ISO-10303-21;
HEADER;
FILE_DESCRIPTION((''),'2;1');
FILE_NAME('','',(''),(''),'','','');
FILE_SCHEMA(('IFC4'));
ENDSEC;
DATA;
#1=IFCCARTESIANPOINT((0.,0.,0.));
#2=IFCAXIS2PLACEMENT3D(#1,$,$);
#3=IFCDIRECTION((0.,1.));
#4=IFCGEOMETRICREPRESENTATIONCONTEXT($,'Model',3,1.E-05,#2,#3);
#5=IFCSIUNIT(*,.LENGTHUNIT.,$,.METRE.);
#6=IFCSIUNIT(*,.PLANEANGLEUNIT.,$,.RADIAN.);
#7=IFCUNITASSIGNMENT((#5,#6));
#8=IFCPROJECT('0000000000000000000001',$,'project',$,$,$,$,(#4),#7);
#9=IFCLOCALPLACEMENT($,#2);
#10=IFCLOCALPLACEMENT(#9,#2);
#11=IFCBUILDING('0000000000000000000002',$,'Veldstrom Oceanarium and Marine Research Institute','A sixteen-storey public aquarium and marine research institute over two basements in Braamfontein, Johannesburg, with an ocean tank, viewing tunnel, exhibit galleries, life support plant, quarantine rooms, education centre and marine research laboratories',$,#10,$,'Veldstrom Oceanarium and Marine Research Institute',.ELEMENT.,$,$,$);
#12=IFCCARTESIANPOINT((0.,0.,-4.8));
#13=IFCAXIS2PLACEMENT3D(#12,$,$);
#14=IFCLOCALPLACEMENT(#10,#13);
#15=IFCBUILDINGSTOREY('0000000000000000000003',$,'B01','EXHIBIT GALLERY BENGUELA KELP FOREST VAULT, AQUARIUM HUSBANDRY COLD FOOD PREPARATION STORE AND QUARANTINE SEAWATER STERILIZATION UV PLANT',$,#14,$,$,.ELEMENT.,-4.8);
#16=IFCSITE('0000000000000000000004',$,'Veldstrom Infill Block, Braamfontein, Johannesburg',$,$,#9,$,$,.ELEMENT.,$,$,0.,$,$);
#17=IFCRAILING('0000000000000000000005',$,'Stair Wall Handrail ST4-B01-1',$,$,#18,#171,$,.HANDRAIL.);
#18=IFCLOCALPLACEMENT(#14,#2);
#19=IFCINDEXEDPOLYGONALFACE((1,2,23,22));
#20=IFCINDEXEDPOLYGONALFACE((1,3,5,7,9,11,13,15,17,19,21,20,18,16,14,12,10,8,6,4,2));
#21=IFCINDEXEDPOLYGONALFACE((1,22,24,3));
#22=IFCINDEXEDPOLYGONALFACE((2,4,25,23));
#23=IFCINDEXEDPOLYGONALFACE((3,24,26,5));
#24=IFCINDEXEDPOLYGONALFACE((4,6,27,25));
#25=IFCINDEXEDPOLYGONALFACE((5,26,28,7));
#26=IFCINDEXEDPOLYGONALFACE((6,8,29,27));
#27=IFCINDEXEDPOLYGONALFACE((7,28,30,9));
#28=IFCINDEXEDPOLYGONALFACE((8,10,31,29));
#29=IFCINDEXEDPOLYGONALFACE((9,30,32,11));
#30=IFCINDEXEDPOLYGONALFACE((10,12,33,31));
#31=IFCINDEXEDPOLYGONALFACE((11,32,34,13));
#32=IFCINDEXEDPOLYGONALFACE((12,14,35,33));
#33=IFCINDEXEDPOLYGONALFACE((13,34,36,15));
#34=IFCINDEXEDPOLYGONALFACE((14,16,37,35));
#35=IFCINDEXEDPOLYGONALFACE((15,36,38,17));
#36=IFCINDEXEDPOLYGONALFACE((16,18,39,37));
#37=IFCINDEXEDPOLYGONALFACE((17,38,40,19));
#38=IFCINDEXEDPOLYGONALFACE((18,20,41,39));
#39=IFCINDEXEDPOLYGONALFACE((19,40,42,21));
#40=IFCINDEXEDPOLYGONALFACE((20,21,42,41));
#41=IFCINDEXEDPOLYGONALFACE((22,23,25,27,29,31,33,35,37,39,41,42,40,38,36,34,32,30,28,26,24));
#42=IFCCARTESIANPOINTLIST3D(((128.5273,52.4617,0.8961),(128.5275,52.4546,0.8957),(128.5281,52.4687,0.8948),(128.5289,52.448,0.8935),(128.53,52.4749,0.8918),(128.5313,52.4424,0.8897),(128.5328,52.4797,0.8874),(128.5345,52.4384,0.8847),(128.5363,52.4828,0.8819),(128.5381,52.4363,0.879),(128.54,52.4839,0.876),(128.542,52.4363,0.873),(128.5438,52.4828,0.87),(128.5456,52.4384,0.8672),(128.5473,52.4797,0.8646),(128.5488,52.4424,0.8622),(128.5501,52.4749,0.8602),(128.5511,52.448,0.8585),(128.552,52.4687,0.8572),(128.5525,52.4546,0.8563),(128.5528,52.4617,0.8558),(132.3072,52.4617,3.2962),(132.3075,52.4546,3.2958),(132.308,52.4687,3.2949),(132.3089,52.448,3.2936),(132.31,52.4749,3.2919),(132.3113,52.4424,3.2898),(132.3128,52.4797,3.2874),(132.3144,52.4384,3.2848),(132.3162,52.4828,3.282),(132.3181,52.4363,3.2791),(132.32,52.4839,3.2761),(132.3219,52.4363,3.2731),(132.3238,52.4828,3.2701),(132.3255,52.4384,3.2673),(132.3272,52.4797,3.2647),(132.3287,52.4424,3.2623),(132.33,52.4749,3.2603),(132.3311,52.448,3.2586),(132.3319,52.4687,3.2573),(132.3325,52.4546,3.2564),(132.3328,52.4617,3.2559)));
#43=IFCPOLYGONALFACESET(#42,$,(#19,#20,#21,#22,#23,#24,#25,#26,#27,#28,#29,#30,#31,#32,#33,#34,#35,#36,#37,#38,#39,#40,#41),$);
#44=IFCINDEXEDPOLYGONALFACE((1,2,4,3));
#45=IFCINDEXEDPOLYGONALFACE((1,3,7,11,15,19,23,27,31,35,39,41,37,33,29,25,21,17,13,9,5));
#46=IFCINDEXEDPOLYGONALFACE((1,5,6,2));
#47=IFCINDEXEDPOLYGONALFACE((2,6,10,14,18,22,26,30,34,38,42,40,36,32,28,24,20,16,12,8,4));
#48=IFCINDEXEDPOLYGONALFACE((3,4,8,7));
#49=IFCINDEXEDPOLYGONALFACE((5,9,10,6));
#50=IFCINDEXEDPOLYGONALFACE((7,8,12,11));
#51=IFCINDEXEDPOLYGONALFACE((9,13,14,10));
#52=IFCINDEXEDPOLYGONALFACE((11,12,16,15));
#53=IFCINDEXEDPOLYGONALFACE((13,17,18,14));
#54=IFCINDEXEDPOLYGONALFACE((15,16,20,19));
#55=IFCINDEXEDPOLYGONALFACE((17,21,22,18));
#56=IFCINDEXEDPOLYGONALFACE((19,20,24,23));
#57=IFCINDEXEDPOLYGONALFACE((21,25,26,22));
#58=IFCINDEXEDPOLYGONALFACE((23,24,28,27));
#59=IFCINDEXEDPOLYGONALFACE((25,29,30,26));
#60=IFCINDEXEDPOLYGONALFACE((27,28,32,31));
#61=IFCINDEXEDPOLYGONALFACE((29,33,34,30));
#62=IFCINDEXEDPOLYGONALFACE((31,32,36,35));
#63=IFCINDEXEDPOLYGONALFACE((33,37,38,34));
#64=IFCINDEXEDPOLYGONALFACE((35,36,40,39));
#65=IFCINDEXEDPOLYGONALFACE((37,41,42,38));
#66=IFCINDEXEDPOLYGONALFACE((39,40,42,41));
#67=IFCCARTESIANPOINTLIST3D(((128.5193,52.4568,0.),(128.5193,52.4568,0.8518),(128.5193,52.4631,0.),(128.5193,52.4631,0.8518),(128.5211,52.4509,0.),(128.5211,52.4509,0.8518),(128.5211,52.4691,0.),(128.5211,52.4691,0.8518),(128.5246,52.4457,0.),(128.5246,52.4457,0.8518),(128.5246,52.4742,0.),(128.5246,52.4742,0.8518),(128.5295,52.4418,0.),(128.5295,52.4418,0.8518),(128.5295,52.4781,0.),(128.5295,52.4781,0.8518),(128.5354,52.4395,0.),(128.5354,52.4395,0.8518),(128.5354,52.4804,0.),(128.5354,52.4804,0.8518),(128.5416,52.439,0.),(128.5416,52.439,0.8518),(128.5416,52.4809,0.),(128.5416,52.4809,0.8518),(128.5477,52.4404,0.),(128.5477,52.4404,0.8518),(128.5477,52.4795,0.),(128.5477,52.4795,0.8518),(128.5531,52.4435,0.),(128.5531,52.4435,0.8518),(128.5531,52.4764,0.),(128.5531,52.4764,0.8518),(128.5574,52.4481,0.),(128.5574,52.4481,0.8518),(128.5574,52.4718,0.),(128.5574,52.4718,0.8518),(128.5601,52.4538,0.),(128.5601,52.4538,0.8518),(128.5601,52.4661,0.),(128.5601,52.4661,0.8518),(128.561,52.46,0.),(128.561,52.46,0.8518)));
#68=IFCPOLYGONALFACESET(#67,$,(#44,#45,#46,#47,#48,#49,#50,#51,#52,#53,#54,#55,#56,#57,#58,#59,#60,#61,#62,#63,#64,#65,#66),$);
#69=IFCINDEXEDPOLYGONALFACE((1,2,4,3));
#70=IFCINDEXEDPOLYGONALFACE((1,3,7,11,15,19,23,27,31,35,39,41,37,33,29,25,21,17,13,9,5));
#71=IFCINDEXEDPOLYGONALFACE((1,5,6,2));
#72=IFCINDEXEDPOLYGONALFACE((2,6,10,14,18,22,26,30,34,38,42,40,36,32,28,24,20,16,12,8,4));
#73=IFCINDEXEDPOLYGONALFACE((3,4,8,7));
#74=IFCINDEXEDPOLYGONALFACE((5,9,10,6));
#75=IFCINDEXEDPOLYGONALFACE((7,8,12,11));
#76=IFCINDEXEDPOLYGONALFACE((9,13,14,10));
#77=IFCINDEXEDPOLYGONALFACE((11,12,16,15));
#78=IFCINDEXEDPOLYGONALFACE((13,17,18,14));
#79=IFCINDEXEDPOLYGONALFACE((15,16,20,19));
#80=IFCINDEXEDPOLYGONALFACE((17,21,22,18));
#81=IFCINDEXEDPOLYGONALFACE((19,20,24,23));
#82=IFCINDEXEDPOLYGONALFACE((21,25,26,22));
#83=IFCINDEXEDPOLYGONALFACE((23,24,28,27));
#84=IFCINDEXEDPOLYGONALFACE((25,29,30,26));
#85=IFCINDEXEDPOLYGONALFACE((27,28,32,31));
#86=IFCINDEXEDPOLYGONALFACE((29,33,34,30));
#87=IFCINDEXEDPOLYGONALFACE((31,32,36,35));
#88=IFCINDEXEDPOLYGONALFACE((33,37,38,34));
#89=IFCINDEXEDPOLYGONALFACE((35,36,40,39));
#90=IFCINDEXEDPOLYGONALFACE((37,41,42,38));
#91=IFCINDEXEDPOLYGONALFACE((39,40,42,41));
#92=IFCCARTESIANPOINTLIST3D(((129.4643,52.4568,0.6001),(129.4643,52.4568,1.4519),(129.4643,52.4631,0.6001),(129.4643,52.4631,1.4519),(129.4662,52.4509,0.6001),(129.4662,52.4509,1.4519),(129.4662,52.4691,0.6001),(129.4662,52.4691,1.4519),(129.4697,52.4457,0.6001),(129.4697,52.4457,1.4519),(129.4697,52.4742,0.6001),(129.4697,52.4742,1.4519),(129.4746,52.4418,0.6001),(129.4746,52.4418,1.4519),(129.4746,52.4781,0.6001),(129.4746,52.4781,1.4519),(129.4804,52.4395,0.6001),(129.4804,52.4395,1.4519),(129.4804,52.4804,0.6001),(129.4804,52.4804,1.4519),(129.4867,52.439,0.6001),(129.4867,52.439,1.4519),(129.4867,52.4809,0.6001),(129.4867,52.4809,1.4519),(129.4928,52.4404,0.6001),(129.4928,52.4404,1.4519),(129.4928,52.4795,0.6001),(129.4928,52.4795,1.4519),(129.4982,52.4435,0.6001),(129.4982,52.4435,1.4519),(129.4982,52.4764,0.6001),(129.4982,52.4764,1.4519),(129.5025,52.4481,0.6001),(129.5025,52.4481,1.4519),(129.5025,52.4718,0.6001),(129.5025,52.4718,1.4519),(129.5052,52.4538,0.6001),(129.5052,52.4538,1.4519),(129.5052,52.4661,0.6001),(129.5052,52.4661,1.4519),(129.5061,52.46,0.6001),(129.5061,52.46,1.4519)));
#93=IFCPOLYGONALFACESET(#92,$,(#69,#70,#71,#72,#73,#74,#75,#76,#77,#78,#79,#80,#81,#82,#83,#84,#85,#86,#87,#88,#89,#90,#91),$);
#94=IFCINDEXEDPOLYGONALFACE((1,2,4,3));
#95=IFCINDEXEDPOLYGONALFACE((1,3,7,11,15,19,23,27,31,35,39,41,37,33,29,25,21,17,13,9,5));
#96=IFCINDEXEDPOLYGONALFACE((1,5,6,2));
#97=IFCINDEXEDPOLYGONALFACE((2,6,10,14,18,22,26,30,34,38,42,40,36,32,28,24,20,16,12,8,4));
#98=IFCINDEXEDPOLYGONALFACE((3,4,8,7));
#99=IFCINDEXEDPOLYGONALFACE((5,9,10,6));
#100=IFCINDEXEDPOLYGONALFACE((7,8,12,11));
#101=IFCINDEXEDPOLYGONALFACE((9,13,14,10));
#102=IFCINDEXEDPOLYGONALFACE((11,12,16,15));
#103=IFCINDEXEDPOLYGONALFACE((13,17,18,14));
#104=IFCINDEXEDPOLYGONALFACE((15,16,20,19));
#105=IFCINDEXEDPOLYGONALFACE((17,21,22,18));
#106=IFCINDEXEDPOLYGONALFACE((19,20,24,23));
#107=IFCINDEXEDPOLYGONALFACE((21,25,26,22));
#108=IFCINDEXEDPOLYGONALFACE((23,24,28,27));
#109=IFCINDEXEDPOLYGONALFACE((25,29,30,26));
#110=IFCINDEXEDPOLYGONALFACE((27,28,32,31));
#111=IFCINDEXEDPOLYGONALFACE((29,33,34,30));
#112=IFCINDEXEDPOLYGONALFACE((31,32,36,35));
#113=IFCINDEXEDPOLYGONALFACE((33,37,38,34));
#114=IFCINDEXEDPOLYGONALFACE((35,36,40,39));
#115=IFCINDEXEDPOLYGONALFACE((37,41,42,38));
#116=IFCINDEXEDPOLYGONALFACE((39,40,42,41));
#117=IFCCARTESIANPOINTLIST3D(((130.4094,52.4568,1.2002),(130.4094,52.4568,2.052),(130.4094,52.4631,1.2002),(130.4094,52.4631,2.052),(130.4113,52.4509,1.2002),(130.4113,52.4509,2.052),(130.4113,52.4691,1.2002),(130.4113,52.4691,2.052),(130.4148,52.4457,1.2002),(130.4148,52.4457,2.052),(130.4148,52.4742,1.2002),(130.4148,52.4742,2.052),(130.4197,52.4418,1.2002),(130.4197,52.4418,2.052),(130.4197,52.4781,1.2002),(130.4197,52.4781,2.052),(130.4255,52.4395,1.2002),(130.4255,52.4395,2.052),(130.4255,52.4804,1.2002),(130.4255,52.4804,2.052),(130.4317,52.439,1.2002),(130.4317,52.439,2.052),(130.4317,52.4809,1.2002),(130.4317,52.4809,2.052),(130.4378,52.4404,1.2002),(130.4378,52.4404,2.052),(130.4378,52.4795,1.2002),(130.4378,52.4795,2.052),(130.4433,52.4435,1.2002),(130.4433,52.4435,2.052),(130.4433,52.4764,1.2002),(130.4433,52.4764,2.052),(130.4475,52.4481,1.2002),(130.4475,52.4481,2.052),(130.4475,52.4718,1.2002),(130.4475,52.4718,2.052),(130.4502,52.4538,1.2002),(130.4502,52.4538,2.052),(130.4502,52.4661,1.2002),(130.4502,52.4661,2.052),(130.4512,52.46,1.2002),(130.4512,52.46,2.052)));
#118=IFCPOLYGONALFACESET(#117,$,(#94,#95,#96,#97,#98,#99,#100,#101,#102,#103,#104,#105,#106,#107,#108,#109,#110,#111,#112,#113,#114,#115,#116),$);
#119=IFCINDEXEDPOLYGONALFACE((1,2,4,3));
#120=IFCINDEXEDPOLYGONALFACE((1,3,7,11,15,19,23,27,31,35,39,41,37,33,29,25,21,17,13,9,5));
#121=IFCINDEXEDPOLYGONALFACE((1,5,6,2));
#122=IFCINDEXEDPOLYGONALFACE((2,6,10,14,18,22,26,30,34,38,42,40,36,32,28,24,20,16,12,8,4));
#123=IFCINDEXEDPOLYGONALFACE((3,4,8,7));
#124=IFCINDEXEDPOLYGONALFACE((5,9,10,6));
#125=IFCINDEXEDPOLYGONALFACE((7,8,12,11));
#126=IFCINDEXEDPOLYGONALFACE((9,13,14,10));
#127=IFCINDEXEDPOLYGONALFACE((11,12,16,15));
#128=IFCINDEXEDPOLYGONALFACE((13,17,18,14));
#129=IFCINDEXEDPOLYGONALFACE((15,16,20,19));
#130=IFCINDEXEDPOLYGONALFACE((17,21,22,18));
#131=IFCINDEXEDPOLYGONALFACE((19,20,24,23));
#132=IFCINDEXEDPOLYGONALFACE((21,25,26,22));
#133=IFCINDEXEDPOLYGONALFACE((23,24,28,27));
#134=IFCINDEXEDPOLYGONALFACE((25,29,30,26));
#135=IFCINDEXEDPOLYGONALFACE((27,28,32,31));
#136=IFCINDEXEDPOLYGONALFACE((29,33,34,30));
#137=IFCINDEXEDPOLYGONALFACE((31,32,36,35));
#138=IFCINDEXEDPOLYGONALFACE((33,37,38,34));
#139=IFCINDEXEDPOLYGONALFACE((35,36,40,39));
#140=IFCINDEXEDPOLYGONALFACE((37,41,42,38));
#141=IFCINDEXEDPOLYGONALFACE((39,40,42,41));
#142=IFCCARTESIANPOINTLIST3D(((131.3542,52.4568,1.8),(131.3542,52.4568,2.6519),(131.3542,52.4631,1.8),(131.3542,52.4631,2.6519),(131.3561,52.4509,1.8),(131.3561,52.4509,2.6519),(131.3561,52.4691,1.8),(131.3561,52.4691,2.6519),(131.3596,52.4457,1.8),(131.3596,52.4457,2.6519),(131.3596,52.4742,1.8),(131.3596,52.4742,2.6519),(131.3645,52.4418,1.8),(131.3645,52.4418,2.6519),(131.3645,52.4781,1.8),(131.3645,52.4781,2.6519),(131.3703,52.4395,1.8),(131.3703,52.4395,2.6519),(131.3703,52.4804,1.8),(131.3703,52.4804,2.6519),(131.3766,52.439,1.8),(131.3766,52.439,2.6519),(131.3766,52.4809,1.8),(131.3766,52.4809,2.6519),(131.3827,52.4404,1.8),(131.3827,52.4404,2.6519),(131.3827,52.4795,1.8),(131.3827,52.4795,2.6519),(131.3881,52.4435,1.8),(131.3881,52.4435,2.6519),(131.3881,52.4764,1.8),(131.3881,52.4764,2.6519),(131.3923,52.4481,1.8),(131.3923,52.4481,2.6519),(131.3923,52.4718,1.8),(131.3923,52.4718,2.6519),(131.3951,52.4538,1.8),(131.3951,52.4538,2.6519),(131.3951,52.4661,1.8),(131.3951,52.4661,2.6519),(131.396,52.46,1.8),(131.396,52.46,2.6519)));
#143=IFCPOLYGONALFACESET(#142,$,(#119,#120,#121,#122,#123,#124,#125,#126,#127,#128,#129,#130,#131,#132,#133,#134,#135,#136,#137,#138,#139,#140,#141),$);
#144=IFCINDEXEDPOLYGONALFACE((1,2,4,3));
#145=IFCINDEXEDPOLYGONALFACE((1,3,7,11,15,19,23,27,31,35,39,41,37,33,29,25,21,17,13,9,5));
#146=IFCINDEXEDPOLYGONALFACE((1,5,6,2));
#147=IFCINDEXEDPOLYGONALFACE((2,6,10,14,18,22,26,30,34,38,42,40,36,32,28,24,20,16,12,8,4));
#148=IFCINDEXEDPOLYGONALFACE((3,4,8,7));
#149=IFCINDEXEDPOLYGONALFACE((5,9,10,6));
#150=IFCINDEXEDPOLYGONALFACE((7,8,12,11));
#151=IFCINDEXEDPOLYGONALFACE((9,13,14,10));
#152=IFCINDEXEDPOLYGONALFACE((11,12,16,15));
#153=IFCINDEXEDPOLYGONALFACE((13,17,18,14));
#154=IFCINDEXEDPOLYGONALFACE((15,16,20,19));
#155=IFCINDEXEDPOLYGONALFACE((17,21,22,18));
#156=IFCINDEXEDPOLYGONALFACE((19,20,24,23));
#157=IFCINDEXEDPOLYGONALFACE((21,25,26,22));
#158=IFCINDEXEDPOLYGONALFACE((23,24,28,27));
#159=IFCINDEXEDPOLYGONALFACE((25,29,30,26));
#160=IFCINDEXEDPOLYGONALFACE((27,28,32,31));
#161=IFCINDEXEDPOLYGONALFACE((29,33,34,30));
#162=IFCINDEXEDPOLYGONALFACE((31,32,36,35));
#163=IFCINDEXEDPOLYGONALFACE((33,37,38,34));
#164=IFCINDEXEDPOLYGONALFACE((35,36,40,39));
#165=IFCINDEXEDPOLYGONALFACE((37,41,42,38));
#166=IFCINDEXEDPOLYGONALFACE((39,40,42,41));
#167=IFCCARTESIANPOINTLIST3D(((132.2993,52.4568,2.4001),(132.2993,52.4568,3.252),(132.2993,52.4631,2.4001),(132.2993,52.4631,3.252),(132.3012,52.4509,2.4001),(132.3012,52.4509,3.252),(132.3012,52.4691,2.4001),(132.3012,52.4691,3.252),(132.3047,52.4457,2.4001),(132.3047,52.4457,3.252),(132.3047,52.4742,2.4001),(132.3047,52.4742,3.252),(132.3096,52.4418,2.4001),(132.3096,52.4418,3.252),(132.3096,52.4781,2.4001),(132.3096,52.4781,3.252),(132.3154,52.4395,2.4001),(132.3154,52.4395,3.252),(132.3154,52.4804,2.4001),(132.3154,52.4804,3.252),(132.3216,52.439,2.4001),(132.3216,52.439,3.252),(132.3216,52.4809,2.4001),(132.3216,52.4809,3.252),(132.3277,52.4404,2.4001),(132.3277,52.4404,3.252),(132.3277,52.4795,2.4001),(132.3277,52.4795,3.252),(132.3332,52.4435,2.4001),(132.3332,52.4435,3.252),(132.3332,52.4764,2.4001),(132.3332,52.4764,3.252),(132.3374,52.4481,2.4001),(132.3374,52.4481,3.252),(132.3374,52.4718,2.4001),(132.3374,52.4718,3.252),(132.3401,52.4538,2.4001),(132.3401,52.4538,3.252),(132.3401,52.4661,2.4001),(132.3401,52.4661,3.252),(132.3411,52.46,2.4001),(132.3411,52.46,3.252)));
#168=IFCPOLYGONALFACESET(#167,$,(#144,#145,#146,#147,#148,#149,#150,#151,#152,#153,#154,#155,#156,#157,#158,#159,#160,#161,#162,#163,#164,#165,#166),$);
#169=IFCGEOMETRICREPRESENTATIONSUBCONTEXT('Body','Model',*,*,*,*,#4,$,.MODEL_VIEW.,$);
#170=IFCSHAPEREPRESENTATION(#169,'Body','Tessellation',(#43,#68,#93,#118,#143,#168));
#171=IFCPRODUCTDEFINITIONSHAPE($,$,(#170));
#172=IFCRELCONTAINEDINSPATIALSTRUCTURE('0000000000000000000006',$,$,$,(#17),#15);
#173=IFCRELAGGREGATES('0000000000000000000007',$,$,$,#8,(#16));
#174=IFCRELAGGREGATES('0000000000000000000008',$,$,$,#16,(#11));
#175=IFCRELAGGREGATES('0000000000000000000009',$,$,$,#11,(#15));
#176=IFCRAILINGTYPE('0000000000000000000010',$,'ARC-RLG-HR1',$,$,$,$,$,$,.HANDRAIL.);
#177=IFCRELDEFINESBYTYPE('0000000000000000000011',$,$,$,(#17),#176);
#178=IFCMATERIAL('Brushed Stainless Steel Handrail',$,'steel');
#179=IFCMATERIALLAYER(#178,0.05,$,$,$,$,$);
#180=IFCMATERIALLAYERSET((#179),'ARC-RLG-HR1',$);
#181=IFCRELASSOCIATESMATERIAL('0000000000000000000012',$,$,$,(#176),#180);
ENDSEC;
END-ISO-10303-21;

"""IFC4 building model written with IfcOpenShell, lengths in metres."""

from ifc_helpers import new_model, si_unit, direction, frame, origin, origin_2d, place, context, subcontext, project, spatial, circle, extrude, material, layer, layer_set, type_object, element, save


model = new_model("IFC4")

# Units and contexts
model_context = context("Model", 3, precision=1e-05, world=origin(), true_north=direction((0.0, 1.0)))
body_context = subcontext(model_context, "Body", "Model", "MODEL_VIEW")
ifc_project = project(units=[si_unit("LENGTHUNIT", "METRE"), si_unit("PLANEANGLEUNIT", "RADIAN")], contexts=[model_context])

# Site, building, storey
site_placement = place(None, origin())
site = spatial("IfcSite", under=ifc_project, at=site_placement, Name="Veldstrom Infill Block, Braamfontein, Johannesburg", CompositionType="ELEMENT", RefElevation=0.0)
building_placement = place(site_placement, origin())
building = spatial("IfcBuilding", under=site, at=building_placement, Name="Veldstrom Oceanarium and Marine Research Institute", Description="A sixteen-storey public aquarium and marine research institute over two basements in Braamfontein, Johannesburg, with an ocean tank, viewing tunnel, exhibit galleries, life support plant, quarantine rooms, education centre and marine research laboratories", LongName="Veldstrom Oceanarium and Marine Research Institute", CompositionType="ELEMENT")
storey_placement = place(building_placement, frame((0.0, 0.0, -4.8)))
storey = spatial("IfcBuildingStorey", under=building, at=storey_placement, Name="B01", Description="EXHIBIT GALLERY BENGUELA KELP FOREST VAULT, AQUARIUM HUSBANDRY COLD FOOD PREPARATION STORE AND QUARANTINE SEAWATER STERILIZATION UV PLANT", CompositionType="ELEMENT", Elevation=-4.8)

# Railing
ifc_material_1 = material(Name="Brushed Stainless Steel Handrail", Category="steel")
ifc_layer_1 = layer(ifc_material_1, 0.05)
ifc_layer_set_1 = layer_set([ifc_layer_1], Name="ARC-RLG-HR1")
railing_type = type_object("IfcRailingType", Name="ARC-RLG-HR1", PredefinedType="HANDRAIL", material=ifc_layer_set_1)
railing_placement = place(storey_placement, frame((128.54, 52.46, 0.0)))
element("IfcRailing", 1, at=railing_placement, inside=storey, type_object=railing_type, Name="Stair Wall Handrail ST4-B01-1", PredefinedType="HANDRAIL", context=body_context, shape_type="SweptSolid", body=[
    extrude(circle(Radius=0.0239, at=origin_2d()), frame((0.0, 0.0, 0.876), z_axis=(0.8442, 0.0, 0.536028), x_axis=(0.0, 1.0, 0.0)), (0.0, 0.0, 1.0), 4.4775),
    extrude(circle(Radius=0.021, at=origin_2d()), origin(), (0.0, 0.0, 1.0), 0.8518),
    extrude(circle(Radius=0.021, at=origin_2d()), frame((0.9451, 0.0, 0.6001)), (0.0, 0.0, 1.0), 0.8518),
    extrude(circle(Radius=0.021, at=origin_2d()), frame((1.8901, 0.0, 1.2002)), (0.0, 0.0, 1.0), 0.8518),
    extrude(circle(Radius=0.021, at=origin_2d()), frame((2.835, 0.0, 1.8)), (0.0, 0.0, 1.0), 0.8518),
    extrude(circle(Radius=0.021, at=origin_2d()), frame((3.78, 0.0, 2.4001)), (0.0, 0.0, 1.0), 0.8518),
])

save(model, "model.ifc")
